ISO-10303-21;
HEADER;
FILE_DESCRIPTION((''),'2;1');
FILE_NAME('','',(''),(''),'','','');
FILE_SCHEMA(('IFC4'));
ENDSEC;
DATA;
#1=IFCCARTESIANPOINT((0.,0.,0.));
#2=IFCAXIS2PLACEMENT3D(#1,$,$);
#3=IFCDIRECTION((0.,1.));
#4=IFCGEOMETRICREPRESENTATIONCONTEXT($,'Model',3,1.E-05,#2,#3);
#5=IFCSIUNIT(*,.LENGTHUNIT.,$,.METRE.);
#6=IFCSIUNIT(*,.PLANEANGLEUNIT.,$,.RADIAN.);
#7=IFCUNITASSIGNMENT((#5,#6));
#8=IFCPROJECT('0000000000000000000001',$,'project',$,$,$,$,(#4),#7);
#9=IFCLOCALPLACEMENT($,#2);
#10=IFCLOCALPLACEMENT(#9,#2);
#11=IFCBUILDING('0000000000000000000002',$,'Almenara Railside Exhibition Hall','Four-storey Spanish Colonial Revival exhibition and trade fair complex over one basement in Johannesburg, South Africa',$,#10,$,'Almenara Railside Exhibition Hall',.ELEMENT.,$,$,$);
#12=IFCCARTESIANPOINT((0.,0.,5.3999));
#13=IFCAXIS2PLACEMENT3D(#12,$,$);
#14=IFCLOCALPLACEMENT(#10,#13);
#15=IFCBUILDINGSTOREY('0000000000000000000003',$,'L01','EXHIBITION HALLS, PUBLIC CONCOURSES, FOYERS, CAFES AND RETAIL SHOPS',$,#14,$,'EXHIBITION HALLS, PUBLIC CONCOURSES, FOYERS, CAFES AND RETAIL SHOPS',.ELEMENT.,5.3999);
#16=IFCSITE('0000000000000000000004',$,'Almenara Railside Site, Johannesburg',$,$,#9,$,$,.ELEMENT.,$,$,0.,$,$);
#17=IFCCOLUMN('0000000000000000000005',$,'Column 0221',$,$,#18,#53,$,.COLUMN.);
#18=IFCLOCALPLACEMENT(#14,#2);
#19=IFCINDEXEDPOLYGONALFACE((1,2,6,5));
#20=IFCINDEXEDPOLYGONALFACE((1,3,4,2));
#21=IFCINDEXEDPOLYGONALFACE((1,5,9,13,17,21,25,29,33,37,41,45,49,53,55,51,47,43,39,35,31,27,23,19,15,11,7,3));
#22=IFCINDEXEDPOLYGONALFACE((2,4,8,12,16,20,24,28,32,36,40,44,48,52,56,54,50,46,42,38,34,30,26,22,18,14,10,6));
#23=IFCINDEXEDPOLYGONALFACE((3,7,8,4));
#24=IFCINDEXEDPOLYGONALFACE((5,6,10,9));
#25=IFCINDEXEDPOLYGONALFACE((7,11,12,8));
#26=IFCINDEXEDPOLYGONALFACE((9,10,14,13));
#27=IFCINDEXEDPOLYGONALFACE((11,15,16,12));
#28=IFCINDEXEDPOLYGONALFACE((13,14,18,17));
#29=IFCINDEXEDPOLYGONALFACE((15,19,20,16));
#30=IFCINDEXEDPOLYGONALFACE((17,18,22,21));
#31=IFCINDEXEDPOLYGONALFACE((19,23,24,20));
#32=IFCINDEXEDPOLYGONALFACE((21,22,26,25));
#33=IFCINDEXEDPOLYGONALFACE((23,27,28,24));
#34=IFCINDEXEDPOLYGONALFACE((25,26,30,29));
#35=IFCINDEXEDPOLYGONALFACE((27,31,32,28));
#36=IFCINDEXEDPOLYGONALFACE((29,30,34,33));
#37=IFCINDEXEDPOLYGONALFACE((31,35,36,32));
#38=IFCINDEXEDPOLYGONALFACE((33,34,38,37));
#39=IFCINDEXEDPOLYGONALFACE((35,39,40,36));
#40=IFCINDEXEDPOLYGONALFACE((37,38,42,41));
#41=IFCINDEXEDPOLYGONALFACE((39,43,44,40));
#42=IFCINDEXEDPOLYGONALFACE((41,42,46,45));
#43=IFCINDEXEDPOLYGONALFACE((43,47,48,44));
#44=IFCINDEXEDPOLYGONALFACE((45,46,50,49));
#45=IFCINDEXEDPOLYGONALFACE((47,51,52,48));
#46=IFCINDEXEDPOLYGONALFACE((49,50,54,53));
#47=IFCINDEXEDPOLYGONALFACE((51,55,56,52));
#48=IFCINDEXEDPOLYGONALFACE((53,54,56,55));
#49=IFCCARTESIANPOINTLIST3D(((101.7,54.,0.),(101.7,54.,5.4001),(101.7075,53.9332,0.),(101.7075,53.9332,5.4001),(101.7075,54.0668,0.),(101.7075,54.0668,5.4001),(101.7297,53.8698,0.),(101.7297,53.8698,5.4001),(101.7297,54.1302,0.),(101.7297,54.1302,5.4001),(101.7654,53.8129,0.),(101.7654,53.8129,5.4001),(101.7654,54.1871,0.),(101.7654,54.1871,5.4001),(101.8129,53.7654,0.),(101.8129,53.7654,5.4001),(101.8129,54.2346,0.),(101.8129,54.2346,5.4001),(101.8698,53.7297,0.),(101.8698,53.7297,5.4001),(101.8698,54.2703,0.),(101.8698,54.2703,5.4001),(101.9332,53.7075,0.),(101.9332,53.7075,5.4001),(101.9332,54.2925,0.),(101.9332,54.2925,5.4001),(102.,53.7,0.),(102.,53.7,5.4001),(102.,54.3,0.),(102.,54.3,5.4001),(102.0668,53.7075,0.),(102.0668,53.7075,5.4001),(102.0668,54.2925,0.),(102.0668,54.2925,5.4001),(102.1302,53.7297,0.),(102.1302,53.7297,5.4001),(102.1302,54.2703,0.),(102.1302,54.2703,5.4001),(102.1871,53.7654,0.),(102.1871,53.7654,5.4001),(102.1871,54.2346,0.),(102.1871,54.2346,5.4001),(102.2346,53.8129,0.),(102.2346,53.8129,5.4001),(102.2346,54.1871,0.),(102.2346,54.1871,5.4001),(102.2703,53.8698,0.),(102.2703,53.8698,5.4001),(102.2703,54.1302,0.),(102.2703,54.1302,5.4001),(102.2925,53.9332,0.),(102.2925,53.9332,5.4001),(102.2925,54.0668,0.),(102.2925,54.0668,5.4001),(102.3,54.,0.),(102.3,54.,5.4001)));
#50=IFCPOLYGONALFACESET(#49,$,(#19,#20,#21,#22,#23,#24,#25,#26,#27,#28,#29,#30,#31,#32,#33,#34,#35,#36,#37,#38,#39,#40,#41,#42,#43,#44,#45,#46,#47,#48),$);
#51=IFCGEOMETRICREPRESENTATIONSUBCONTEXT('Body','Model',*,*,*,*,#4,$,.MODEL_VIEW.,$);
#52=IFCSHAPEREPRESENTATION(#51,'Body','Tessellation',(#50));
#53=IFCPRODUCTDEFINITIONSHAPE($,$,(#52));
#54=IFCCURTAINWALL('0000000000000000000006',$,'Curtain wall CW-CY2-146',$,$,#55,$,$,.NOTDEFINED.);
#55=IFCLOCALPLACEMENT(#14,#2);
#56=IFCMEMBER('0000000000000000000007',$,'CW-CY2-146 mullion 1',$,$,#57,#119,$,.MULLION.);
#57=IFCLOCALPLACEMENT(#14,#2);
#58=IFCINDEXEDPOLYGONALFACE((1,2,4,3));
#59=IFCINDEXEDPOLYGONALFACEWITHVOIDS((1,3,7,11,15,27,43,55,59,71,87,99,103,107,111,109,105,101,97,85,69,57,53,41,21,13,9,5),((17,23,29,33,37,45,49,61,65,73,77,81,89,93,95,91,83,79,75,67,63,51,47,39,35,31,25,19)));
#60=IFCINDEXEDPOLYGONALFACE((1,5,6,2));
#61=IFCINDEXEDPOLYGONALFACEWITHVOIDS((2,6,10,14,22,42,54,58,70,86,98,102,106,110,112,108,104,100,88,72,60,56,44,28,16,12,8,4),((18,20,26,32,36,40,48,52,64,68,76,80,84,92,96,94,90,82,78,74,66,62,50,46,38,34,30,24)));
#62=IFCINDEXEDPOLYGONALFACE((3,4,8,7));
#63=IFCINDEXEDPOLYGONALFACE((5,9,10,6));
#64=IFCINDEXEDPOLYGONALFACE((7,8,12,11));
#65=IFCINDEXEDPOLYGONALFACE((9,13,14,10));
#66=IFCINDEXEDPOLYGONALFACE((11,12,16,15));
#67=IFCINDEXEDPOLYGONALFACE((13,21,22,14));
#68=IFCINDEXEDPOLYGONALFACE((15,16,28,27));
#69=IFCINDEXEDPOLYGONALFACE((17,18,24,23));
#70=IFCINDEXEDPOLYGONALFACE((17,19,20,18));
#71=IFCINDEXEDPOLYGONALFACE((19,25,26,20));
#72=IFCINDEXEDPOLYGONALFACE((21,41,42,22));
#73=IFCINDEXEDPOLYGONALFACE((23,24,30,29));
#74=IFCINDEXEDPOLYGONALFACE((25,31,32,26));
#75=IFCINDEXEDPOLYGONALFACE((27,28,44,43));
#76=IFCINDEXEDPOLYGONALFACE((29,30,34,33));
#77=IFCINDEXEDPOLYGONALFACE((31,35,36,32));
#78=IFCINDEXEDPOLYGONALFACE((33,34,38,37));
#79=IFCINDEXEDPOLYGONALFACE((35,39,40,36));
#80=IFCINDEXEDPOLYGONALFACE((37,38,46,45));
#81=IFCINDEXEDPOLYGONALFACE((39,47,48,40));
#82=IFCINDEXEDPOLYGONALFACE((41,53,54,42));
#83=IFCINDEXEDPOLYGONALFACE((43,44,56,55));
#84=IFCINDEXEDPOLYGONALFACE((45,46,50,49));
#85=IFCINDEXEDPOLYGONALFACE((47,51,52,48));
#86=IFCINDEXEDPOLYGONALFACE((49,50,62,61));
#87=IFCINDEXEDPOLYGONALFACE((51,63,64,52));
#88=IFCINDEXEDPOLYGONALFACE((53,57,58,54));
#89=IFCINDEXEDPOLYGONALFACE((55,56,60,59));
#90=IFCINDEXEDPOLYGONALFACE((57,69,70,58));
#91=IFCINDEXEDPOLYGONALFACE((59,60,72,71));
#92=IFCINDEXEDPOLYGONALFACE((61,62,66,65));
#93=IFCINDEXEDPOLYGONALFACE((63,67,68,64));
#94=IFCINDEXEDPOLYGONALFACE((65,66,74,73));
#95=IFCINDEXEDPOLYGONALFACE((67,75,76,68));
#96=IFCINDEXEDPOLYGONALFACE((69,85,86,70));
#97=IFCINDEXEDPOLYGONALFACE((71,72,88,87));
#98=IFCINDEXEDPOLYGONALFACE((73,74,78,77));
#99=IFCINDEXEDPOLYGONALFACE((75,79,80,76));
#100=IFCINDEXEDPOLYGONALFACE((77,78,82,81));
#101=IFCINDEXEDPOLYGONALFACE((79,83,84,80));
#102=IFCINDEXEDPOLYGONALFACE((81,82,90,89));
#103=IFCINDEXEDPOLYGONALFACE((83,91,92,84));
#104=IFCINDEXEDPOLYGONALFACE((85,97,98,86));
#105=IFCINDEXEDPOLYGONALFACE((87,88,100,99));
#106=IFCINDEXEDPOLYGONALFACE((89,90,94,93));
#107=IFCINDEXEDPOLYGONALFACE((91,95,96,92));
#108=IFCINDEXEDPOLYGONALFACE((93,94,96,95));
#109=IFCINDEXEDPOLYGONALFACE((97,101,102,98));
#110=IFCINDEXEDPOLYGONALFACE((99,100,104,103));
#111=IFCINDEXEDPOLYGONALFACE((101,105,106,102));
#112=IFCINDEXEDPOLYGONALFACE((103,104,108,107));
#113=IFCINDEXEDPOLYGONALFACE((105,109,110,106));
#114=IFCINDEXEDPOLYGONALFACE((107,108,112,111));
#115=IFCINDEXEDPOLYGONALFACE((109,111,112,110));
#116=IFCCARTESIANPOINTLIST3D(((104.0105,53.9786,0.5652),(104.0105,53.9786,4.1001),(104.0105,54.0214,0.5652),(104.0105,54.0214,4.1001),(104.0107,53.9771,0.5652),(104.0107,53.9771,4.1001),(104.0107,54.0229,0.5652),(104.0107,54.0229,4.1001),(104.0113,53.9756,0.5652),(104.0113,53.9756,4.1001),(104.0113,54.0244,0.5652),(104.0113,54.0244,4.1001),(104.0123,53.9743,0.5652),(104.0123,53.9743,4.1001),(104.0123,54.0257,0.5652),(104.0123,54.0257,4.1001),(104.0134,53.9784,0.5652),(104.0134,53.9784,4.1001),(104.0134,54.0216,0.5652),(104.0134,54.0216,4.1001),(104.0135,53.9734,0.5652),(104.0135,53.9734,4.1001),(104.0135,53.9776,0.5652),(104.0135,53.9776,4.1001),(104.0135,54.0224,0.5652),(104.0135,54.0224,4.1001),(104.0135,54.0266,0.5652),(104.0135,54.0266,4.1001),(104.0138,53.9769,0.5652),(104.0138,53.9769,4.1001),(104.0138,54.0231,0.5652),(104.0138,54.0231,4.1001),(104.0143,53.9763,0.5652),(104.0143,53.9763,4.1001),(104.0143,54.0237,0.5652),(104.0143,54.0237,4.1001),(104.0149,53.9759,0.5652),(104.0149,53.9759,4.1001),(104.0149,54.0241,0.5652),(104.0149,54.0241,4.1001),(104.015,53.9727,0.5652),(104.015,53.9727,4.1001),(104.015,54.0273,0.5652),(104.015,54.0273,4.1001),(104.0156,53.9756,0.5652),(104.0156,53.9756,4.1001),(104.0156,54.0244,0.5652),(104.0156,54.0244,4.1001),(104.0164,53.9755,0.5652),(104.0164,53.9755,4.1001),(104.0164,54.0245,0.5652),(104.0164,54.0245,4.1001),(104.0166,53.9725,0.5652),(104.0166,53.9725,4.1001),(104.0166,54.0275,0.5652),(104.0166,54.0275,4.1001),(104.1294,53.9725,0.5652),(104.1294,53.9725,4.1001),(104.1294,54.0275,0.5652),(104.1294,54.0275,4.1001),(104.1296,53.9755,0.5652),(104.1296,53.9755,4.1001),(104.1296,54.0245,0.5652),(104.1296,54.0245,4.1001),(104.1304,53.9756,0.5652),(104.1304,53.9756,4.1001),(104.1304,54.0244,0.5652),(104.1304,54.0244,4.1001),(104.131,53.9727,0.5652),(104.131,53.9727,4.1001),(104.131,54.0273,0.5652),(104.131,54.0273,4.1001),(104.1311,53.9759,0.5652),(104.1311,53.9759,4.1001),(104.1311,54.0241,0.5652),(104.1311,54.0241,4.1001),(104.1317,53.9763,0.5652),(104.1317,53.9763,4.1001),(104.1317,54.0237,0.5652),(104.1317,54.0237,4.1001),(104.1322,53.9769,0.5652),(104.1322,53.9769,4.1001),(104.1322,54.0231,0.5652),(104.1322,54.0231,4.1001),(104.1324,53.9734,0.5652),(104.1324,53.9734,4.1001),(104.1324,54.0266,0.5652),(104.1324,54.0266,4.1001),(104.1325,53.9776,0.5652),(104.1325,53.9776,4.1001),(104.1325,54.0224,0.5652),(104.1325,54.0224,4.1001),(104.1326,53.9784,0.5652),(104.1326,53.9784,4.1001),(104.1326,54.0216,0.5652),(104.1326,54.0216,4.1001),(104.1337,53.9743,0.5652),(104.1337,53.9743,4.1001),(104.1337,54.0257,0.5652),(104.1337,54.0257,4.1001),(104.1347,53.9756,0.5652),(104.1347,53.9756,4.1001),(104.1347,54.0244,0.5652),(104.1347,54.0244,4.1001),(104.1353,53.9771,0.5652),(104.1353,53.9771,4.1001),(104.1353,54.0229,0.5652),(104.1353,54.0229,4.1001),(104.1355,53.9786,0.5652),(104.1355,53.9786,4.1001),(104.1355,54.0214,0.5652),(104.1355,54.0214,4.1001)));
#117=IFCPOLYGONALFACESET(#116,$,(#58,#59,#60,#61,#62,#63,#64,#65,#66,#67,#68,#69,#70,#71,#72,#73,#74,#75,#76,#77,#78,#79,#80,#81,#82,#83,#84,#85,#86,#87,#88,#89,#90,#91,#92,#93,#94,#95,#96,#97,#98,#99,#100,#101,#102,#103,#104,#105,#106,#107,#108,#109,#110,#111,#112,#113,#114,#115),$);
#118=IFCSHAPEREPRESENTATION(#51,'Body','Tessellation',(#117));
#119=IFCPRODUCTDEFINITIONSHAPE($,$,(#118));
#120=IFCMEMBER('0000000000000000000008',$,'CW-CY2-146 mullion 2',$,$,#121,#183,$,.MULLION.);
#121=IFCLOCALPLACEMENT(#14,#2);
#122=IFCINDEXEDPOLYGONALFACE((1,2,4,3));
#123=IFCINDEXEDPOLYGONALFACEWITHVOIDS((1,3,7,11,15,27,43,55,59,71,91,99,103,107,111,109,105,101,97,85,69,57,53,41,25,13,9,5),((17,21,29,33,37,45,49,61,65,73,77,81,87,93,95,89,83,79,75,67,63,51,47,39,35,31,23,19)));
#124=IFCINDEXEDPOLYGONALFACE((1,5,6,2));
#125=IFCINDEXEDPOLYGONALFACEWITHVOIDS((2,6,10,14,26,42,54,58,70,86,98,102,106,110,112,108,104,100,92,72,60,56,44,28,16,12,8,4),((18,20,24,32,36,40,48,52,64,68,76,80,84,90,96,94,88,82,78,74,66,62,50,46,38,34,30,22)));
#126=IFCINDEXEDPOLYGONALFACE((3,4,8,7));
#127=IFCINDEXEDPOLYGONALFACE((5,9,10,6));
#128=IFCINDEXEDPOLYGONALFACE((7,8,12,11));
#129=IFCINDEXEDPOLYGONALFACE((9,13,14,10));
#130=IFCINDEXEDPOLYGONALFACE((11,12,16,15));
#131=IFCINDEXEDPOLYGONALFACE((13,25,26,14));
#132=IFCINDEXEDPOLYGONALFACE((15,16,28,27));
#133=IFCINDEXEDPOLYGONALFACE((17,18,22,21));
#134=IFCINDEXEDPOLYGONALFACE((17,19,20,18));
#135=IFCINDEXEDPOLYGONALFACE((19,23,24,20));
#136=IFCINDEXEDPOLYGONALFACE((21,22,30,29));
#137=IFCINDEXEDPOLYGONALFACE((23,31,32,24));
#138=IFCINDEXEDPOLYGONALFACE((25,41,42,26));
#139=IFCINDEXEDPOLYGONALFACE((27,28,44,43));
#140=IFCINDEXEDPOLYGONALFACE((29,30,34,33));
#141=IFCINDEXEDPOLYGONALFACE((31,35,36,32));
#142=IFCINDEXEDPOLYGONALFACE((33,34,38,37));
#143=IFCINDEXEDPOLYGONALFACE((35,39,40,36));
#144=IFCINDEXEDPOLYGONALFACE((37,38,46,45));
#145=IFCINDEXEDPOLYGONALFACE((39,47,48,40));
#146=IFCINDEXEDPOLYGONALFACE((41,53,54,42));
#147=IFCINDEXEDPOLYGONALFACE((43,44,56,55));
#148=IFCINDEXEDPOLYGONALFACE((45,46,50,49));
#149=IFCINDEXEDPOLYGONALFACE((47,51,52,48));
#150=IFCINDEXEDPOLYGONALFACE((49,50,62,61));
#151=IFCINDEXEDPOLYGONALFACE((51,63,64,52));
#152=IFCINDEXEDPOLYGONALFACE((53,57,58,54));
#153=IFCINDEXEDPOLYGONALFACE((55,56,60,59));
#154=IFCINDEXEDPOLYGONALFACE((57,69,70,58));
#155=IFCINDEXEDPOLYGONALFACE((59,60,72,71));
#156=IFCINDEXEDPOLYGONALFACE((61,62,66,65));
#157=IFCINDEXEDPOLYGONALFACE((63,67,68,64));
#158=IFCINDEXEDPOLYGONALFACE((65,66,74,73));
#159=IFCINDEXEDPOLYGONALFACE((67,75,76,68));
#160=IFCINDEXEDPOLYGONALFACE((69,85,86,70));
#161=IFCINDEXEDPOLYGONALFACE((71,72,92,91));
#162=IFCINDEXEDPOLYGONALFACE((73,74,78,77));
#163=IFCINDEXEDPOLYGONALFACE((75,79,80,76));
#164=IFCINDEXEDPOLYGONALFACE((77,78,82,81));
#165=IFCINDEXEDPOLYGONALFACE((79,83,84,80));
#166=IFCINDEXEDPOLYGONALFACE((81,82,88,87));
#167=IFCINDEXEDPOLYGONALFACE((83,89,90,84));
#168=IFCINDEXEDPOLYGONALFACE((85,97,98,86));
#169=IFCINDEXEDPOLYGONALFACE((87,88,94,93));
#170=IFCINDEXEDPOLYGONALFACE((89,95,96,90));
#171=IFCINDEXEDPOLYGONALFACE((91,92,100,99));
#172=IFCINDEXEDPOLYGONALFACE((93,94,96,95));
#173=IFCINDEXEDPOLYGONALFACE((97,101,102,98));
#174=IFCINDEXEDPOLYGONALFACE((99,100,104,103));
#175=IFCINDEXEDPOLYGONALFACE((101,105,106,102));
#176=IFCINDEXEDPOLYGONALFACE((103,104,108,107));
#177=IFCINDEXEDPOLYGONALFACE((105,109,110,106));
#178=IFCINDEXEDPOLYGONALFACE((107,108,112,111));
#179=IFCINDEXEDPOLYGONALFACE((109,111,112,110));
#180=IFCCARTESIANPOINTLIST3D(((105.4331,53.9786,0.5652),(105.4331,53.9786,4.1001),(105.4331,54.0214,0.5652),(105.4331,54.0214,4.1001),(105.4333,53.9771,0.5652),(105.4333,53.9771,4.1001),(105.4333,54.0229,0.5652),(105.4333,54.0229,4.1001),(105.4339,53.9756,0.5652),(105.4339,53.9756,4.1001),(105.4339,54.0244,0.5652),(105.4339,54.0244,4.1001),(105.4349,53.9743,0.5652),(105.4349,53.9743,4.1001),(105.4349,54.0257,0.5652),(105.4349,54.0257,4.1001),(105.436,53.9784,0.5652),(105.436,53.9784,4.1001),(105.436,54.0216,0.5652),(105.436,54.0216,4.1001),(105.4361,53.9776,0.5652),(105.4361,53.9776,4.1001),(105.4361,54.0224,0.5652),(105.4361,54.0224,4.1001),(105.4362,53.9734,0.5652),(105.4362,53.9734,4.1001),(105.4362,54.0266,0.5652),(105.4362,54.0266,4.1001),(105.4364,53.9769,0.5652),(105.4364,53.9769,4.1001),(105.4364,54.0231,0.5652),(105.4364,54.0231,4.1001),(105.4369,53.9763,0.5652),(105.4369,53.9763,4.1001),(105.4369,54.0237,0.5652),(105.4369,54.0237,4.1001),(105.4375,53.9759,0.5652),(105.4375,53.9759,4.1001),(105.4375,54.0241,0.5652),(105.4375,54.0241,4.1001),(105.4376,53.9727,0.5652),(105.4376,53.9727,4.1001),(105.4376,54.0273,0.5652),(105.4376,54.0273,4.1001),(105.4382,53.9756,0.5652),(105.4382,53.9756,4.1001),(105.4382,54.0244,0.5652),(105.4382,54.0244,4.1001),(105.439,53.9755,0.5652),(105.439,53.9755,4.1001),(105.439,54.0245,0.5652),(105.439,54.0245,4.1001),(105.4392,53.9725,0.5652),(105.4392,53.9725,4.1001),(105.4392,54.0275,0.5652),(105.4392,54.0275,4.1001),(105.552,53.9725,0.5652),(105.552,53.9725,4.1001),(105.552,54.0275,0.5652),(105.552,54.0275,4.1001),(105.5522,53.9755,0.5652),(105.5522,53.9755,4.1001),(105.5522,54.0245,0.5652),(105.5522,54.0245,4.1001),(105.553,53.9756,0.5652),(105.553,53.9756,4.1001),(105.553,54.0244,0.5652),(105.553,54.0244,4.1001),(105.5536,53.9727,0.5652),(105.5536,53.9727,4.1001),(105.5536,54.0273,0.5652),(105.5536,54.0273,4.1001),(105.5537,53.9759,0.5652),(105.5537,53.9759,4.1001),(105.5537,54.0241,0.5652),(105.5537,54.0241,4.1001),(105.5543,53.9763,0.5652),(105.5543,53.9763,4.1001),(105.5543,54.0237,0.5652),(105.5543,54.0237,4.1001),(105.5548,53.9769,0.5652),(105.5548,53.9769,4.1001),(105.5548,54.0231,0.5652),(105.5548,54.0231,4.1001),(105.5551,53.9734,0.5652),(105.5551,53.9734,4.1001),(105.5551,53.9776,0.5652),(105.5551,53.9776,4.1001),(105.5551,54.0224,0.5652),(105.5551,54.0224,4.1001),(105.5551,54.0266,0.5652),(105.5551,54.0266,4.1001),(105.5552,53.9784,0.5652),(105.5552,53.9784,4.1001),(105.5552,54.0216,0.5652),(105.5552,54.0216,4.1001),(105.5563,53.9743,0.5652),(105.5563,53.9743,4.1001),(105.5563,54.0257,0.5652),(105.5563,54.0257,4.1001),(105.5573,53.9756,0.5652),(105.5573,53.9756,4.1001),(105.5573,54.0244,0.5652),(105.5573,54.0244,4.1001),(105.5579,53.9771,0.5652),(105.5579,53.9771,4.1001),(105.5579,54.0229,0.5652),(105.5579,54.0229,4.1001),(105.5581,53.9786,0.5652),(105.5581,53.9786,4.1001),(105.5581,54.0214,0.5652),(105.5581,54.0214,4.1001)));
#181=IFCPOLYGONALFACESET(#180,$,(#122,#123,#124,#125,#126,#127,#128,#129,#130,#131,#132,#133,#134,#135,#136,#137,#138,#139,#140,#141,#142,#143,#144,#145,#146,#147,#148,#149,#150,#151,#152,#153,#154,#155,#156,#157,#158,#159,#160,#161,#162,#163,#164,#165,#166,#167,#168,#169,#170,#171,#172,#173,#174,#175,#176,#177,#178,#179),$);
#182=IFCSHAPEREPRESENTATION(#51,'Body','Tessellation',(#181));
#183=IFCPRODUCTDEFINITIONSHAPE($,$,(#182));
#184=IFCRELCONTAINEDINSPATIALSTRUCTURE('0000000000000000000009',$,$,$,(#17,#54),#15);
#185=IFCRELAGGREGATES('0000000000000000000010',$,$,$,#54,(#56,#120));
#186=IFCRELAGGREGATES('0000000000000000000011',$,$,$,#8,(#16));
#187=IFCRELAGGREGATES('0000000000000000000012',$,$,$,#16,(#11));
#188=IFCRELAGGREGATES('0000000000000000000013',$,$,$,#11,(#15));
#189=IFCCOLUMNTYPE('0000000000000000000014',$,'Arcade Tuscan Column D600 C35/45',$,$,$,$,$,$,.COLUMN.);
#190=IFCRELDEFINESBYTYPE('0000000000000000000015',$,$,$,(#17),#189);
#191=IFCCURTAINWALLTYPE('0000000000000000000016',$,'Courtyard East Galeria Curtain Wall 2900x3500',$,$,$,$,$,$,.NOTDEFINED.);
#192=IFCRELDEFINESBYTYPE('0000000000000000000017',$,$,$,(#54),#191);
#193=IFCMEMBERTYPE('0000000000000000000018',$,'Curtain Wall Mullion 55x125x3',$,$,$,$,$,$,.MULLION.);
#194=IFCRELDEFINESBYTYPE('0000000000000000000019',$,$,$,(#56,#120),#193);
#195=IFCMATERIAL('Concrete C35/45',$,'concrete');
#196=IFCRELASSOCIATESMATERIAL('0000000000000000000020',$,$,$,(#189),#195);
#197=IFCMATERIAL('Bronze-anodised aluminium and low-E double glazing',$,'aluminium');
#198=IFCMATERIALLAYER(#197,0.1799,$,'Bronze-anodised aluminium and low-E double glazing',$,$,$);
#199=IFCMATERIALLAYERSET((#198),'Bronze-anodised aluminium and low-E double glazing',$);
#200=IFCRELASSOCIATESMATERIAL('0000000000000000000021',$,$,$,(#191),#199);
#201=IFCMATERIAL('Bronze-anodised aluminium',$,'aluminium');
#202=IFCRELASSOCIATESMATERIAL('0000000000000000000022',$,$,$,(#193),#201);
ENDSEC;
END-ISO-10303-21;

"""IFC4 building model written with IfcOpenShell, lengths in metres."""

from ifc_helpers import new_model, si_unit, direction, frame, origin, origin_2d, place, context, subcontext, project, spatial, hollow_rectangle, circle, extrude, material, layer, layer_set, material_profile, profile_set, type_object, element, aggregate, save


model = new_model("IFC4")

# Units and contexts
model_context = context("Model", 3, precision=1e-05, world=origin(), true_north=direction((0.0, 1.0)))
body_context = subcontext(model_context, "Body", "Model", "MODEL_VIEW")
ifc_project = project(units=[si_unit("LENGTHUNIT", "METRE"), si_unit("PLANEANGLEUNIT", "RADIAN")], contexts=[model_context])

# Site, building, storey
site_placement = place(None, origin())
site = spatial("IfcSite", under=ifc_project, at=site_placement, Name="Almenara Railside Site, Johannesburg", CompositionType="ELEMENT", RefElevation=0.0)
building_placement = place(site_placement, origin())
building = spatial("IfcBuilding", under=site, at=building_placement, Name="Almenara Railside Exhibition Hall", Description="Four-storey Spanish Colonial Revival exhibition and trade fair complex over one basement in Johannesburg, South Africa", LongName="Almenara Railside Exhibition Hall", CompositionType="ELEMENT")
storey_placement = place(building_placement, frame((0.0, 0.0, 5.3999)))
storey = spatial("IfcBuildingStorey", under=building, at=storey_placement, Name="L01", Description="EXHIBITION HALLS, PUBLIC CONCOURSES, FOYERS, CAFES AND RETAIL SHOPS", LongName="EXHIBITION HALLS, PUBLIC CONCOURSES, FOYERS, CAFES AND RETAIL SHOPS", CompositionType="ELEMENT", Elevation=5.3999)

# Column
ifc_material_1 = material(Name="Concrete C35/45", Category="concrete")
ifc_material_profile_1 = material_profile(ifc_material_1, circle(Radius=0.3, at=origin_2d()), Name="RC-COL D600")
ifc_profile_set_1 = profile_set([ifc_material_profile_1], Name="Concrete C35/45")
column_type = type_object("IfcColumnType", Name="Arcade Tuscan Column D600 C35/45", PredefinedType="COLUMN", material=ifc_profile_set_1)
column_placement = place(storey_placement, frame((102.0, 54.0, 0.0), z_axis=(0.0, 0.0, 1.0), x_axis=(1.0, 0.0, 0.0)))
element("IfcColumn", 1, at=column_placement, inside=storey, type_object=column_type, Name="Column 0221", PredefinedType="COLUMN", context=body_context, shape_type="SweptSolid", body=[
    extrude(circle(Radius=0.3, at=origin_2d()), origin(), (0.0, 0.0, 1.0), 5.4001),
])

# Curtain wall, members
ifc_material_2 = material(Name="Bronze-anodised aluminium and low-E double glazing", Category="aluminium")
ifc_layer_1 = layer(ifc_material_2, 0.1799, Name="Bronze-anodised aluminium and low-E double glazing")
ifc_layer_set_1 = layer_set([ifc_layer_1], Name="Bronze-anodised aluminium and low-E double glazing")
curtain_wall_type = type_object("IfcCurtainWallType", Name="Courtyard East Galeria Curtain Wall 2900x3500", PredefinedType="NOTDEFINED", material=ifc_layer_set_1)
curtain_wall_1_placement = place(storey_placement, origin())
curtain_wall_1 = element("IfcCurtainWall", 2, at=curtain_wall_1_placement, inside=storey, type_object=curtain_wall_type, Name="Curtain wall CW-CY2-146", PredefinedType="NOTDEFINED")
ifc_material_3 = material(Name="Bronze-anodised aluminium", Category="aluminium")
ifc_material_profile_2 = material_profile(ifc_material_3, hollow_rectangle(XDim=0.0549, YDim=0.125, WallThickness=0.0029, InnerFilletRadius=0.0029, OuterFilletRadius=0.0061, at=origin_2d()), Name="ALU-MUL 55x125x3")
ifc_profile_set_2 = profile_set([ifc_material_profile_2], Name="Bronze-anodised aluminium")
member_type_1 = type_object("IfcMemberType", Name="Curtain Wall Mullion 55x125x3", PredefinedType="MULLION", material=ifc_profile_set_2)
member_1_placement = place(storey_placement, frame((104.073, 54.0, 0.5652), z_axis=(0.0, 0.0, 1.0), x_axis=(0.0, 1.0, 0.0)))
member_1 = element("IfcMember", 3, at=member_1_placement, type_object=member_type_1, Name="CW-CY2-146 mullion 1", PredefinedType="MULLION", context=body_context, shape_type="SweptSolid", body=[
    extrude(hollow_rectangle(XDim=0.0549, YDim=0.125, WallThickness=0.0029, InnerFilletRadius=0.0029, OuterFilletRadius=0.0061, at=origin_2d()), origin(), (0.0, 0.0, 1.0), 3.5349),
])
member_2_placement = place(storey_placement, frame((105.4956, 54.0, 0.5652), z_axis=(0.0, 0.0, 1.0), x_axis=(0.0, 1.0, 0.0)))
member_2 = element("IfcMember", 4, at=member_2_placement, type_object=member_type_1, Name="CW-CY2-146 mullion 2", PredefinedType="MULLION", context=body_context, shape_type="SweptSolid", body=[
    extrude(hollow_rectangle(XDim=0.0549, YDim=0.125, WallThickness=0.0029, InnerFilletRadius=0.0029, OuterFilletRadius=0.0061, at=origin_2d()), origin(), (0.0, 0.0, 1.0), 3.5349),
])

aggregate(curtain_wall_1, [member_1, member_2])

save(model, "model.ifc")
